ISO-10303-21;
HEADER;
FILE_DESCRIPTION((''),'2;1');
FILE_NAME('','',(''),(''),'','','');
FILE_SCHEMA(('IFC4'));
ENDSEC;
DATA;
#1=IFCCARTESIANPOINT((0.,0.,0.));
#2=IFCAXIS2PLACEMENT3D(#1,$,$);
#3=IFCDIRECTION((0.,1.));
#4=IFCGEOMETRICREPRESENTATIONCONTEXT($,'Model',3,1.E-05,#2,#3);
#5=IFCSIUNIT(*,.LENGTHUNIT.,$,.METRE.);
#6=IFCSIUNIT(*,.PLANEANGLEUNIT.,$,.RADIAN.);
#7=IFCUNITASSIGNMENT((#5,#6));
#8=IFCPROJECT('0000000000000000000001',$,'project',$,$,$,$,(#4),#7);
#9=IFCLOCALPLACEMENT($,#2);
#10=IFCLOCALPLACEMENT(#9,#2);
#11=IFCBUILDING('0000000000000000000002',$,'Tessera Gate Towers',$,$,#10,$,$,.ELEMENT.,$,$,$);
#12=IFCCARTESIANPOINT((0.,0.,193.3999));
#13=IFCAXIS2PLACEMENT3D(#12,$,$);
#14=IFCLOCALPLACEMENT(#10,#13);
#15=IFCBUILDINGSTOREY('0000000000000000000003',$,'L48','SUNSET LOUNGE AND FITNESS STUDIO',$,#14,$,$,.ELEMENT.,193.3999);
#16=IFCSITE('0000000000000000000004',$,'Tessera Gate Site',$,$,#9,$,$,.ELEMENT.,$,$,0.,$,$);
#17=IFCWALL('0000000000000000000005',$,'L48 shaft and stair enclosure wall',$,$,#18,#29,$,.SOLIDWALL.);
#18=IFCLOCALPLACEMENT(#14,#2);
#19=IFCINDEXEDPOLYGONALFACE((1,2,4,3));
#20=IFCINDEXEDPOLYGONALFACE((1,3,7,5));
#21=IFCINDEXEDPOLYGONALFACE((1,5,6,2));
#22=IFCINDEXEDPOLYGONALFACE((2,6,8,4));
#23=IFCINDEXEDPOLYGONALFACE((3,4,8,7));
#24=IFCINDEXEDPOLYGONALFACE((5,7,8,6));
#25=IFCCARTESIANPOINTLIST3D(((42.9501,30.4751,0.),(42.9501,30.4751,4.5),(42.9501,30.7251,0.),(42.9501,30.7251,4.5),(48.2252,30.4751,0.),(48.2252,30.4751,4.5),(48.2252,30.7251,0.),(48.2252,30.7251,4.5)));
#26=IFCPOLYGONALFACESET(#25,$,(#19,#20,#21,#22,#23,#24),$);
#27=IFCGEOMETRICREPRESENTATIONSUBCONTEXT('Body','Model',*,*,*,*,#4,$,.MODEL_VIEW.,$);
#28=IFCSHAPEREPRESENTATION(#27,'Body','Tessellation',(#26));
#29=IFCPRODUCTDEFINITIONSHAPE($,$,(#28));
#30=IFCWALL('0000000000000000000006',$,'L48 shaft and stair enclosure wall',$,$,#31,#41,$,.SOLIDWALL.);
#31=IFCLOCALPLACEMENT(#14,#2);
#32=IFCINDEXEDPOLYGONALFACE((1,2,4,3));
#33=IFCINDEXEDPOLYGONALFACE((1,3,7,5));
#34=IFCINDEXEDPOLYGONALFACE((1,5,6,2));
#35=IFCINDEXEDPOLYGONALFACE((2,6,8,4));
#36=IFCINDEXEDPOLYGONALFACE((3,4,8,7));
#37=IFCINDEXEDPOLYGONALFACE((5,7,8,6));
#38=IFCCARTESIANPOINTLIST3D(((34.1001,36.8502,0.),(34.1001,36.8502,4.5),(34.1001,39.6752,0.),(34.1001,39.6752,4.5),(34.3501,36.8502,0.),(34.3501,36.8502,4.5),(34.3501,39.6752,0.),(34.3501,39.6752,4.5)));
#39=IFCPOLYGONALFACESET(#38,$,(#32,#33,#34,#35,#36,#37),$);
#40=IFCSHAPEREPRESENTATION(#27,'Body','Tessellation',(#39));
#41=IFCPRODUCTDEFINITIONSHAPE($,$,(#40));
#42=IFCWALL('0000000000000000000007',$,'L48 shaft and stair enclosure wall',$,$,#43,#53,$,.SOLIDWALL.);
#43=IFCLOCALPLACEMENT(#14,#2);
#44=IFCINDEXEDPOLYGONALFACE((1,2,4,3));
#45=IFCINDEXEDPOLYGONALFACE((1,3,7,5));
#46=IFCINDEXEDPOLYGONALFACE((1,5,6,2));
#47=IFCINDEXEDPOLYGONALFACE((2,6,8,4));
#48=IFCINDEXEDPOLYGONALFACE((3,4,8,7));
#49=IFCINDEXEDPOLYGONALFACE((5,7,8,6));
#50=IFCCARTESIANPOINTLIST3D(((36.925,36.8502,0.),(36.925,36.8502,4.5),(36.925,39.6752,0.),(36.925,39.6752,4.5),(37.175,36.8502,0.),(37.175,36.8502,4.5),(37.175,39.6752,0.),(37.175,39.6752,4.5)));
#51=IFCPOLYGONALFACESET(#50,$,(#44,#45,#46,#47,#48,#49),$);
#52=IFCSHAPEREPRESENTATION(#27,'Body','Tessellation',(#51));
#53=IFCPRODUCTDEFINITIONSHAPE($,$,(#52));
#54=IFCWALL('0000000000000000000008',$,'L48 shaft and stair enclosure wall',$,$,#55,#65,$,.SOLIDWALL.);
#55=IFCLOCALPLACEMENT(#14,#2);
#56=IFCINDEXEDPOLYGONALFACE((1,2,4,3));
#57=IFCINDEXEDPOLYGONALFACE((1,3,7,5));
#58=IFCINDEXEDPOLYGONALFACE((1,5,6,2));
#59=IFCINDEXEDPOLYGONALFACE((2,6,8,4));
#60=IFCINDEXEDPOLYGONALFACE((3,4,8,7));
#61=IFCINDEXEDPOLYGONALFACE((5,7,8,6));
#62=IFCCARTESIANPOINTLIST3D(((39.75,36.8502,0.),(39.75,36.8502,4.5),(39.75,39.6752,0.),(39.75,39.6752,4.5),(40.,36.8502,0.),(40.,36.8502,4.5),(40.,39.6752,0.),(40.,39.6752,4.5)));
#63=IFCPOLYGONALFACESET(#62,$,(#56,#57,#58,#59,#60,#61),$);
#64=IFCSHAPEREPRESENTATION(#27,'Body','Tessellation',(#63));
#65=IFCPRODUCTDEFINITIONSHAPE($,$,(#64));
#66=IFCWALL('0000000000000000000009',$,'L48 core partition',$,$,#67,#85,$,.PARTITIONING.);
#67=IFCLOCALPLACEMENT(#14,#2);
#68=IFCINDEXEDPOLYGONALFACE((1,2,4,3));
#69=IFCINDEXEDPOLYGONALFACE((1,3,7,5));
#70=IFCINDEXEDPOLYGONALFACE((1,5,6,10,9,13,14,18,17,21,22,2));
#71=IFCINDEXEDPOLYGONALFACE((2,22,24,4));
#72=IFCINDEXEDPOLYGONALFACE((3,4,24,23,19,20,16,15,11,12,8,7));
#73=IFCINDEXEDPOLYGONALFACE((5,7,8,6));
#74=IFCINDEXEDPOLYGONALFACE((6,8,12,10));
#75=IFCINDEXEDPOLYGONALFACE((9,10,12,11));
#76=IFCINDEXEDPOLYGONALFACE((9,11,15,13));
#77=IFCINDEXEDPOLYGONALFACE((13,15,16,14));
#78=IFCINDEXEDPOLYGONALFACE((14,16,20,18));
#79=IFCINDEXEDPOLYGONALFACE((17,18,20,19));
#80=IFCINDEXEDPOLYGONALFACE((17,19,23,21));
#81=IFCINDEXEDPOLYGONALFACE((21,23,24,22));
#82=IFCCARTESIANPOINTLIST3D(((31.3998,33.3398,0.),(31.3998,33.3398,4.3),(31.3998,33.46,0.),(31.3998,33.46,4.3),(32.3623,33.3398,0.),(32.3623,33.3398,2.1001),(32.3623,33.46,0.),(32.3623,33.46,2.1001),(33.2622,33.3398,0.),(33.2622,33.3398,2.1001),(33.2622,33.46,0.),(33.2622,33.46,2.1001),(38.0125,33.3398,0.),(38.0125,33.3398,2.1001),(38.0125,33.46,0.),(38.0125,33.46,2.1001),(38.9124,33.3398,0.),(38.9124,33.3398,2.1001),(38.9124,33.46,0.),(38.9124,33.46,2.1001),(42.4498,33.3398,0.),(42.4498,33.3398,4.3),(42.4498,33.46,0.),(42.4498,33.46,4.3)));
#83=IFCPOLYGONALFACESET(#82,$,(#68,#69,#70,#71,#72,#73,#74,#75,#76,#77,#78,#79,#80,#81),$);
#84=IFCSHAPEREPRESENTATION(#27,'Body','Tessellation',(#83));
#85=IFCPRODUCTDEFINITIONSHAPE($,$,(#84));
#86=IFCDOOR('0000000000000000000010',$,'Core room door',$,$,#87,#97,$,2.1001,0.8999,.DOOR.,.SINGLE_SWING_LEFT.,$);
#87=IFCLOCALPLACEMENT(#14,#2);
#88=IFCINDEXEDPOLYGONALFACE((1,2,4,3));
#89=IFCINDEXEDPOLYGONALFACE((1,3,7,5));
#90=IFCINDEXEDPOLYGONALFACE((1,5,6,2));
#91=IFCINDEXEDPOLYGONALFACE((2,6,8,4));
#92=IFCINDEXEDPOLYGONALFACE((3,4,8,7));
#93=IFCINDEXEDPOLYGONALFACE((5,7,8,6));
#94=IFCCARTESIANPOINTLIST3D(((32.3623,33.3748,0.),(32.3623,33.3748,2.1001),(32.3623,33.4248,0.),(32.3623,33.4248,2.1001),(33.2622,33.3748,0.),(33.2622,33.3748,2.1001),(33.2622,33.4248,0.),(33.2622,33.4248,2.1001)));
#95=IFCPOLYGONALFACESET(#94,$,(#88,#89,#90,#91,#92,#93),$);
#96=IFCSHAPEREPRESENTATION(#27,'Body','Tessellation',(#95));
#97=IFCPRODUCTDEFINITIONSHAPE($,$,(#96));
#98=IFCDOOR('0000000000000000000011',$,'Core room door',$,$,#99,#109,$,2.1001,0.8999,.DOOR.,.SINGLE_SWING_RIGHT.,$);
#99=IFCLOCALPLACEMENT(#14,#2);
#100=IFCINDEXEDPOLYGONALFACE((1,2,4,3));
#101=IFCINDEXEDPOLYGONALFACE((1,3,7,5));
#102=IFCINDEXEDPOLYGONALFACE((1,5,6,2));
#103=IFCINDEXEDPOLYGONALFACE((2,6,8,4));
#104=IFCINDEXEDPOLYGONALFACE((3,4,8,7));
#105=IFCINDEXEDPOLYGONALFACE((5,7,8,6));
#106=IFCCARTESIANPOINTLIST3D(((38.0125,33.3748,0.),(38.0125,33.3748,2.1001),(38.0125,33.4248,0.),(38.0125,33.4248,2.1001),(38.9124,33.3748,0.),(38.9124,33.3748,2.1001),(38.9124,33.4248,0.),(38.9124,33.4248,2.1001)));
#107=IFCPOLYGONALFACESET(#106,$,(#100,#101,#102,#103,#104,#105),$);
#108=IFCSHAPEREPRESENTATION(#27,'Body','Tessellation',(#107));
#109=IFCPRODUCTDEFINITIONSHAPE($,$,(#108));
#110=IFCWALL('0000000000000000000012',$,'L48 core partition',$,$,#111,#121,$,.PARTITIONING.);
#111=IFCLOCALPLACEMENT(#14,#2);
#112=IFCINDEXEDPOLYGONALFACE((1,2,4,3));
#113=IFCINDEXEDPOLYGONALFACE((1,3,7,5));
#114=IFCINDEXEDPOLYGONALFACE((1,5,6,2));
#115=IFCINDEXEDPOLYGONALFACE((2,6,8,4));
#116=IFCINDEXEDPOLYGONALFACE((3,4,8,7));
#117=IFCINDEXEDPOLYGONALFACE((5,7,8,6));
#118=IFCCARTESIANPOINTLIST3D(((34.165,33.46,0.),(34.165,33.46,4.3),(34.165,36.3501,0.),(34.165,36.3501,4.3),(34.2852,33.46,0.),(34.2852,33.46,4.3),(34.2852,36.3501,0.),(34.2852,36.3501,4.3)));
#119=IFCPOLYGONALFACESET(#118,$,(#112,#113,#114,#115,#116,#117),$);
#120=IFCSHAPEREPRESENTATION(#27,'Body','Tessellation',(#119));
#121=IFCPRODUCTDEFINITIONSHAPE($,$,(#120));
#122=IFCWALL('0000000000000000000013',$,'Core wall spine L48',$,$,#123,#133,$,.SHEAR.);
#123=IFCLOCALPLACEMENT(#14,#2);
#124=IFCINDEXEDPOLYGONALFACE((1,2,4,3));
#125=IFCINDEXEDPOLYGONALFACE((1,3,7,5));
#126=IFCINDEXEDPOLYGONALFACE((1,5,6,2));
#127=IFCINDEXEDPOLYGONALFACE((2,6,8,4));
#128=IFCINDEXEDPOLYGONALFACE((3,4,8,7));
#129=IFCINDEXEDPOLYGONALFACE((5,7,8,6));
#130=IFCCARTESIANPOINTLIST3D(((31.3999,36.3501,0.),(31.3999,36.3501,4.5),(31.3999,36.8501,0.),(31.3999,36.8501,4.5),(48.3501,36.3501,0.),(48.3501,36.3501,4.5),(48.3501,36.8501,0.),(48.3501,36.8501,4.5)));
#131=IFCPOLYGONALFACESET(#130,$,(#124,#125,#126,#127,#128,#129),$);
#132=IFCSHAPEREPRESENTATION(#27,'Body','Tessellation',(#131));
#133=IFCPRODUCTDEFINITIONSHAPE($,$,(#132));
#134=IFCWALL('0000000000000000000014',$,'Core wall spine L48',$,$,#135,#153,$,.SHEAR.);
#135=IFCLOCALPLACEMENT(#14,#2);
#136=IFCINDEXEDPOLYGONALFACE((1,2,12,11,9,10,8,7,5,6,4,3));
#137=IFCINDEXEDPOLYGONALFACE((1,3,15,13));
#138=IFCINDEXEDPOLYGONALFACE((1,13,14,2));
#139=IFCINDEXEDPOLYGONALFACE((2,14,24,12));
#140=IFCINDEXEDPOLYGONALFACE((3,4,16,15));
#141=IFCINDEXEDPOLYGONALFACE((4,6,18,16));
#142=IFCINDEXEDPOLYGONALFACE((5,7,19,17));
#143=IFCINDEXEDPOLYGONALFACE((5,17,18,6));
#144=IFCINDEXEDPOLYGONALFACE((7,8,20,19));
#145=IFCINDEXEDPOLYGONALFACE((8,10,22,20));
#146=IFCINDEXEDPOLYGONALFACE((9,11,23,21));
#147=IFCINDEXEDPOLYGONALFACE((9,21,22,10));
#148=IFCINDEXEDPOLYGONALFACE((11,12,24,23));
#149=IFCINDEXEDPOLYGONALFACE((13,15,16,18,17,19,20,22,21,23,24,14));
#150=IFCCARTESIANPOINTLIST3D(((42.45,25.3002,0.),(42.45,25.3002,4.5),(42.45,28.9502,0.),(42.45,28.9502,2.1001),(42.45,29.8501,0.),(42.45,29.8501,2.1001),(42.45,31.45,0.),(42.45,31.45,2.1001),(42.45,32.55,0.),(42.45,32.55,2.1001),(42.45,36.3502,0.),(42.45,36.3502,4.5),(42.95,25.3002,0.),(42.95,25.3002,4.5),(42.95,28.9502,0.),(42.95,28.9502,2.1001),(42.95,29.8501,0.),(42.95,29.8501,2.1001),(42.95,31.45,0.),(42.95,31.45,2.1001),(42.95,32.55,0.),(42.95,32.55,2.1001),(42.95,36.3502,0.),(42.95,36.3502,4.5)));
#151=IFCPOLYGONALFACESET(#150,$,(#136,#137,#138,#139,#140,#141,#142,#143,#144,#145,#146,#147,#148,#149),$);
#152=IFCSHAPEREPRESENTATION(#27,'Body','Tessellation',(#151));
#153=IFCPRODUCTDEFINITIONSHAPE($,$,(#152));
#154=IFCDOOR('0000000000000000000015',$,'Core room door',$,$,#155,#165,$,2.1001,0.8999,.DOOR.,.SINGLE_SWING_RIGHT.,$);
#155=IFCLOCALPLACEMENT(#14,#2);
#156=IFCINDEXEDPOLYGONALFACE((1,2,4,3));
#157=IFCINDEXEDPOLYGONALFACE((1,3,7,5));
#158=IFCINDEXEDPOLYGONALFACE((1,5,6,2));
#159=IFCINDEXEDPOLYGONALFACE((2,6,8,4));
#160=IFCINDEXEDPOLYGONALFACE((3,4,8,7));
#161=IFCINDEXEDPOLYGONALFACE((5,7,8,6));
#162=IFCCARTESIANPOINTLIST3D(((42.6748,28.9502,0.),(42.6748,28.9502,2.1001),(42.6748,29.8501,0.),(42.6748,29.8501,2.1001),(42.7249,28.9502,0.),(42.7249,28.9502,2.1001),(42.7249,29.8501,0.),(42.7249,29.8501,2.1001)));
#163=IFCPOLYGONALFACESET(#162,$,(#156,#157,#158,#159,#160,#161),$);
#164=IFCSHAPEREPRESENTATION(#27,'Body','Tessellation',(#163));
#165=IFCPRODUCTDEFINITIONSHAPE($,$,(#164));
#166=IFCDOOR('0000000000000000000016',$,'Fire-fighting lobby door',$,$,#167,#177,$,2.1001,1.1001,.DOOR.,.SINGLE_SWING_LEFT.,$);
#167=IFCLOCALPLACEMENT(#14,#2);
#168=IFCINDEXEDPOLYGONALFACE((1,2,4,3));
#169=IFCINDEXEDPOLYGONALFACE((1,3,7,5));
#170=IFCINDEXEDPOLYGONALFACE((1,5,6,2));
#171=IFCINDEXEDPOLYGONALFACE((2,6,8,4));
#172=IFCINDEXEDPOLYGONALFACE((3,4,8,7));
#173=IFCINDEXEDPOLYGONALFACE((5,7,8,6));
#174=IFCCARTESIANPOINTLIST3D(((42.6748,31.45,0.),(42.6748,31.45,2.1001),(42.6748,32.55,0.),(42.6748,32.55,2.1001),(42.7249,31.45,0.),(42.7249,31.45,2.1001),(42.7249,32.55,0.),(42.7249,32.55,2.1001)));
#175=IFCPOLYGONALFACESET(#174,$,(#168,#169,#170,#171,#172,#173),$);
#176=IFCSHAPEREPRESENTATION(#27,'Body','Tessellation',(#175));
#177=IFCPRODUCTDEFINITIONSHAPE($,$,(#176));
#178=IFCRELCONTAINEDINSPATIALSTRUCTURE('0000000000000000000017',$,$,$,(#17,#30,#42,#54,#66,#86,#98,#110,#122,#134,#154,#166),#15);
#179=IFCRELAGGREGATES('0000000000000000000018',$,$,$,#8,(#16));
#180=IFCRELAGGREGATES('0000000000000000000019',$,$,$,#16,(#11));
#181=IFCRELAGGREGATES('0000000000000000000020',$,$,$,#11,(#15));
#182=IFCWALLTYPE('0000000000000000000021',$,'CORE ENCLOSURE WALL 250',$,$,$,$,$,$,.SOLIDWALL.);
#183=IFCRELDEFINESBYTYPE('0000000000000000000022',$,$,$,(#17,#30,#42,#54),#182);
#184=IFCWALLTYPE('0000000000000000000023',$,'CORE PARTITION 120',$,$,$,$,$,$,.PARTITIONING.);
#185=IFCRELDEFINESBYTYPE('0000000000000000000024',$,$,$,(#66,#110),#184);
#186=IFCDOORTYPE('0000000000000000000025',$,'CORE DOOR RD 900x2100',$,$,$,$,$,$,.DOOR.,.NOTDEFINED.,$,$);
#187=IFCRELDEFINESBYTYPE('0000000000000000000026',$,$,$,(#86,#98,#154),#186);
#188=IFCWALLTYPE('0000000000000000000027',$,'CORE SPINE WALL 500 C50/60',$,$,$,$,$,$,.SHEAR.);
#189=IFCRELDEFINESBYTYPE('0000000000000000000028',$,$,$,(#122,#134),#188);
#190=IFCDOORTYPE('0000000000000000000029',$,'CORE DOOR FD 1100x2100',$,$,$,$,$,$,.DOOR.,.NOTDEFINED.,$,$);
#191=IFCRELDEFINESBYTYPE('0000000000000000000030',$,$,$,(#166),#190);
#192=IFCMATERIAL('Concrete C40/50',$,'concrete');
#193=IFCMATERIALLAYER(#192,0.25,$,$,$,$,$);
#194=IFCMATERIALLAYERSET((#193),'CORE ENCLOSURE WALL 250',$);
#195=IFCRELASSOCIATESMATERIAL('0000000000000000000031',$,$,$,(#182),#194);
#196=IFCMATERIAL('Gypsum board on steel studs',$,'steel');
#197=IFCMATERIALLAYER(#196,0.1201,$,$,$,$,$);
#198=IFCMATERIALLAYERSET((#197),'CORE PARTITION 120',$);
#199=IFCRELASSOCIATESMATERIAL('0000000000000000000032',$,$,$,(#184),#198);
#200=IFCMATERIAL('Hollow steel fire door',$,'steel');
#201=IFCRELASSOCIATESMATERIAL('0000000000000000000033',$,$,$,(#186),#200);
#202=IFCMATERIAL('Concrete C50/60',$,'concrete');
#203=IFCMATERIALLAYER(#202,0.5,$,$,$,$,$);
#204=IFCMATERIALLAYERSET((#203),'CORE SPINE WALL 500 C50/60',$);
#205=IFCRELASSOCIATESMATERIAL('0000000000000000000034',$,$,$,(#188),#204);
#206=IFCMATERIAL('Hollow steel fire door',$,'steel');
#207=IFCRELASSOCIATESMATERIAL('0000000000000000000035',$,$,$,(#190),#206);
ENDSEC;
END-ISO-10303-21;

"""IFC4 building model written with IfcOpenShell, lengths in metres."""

from ifc_helpers import new_model, si_unit, direction, frame, frame_2d, origin, place, context, subcontext, project, spatial, rectangle, extrude, source, transform, mapped, material, layer, layer_set, type_object, element, fill, save


model = new_model("IFC4")

# Units and contexts
model_context = context("Model", 3, precision=1e-05, world=origin(), true_north=direction((0.0, 1.0)))
body_context = subcontext(model_context, "Body", "Model", "MODEL_VIEW")
ifc_project = project(units=[si_unit("LENGTHUNIT", "METRE"), si_unit("PLANEANGLEUNIT", "RADIAN")], contexts=[model_context])

# Site, building, storey
site_placement = place(None, origin())
site = spatial("IfcSite", under=ifc_project, at=site_placement, Name="Tessera Gate Site", CompositionType="ELEMENT", RefElevation=0.0)
building_placement = place(site_placement, origin())
building = spatial("IfcBuilding", under=site, at=building_placement, Name="Tessera Gate Towers", CompositionType="ELEMENT")
storey_placement = place(building_placement, frame((0.0, 0.0, 193.3999)))
storey = spatial("IfcBuildingStorey", under=building, at=storey_placement, Name="L48", Description="SUNSET LOUNGE AND FITNESS STUDIO", CompositionType="ELEMENT", Elevation=193.3999)

# Walls
ifc_material_1 = material(Name="Concrete C40/50", Category="concrete")
ifc_layer_1 = layer(ifc_material_1, 0.25)
ifc_layer_set_1 = layer_set([ifc_layer_1], Name="CORE ENCLOSURE WALL 250")
wall_type_1 = type_object("IfcWallType", Name="CORE ENCLOSURE WALL 250", PredefinedType="SOLIDWALL", material=ifc_layer_set_1)
wall_1_placement = place(storey_placement, frame((42.95, 30.6001, 0.0), z_axis=(0.0, 0.0, 1.0), x_axis=(1.0, 0.0, 0.0)))
element("IfcWall", 1, at=wall_1_placement, inside=storey, type_object=wall_type_1, Name="L48 shaft and stair enclosure wall", PredefinedType="SOLIDWALL", context=body_context, shape_type="SweptSolid", body=[
    extrude(rectangle(XDim=5.2751, YDim=0.25, at=frame_2d((2.6377, 0.0))), origin(), (0.0, 0.0, 1.0), 4.5),
])
for number, where, z_axis, x_axis, name in (
    (2, (34.2251, 36.8501, 0.0), (0.0, 0.0, 1.0), (0.0, 1.0, 0.0), "L48 shaft and stair enclosure wall"),
    (3, (37.05, 36.8501, 0.0), (0.0, 0.0, 1.0), (0.0, 1.0, 0.0), "L48 shaft and stair enclosure wall"),
    (4, (39.875, 36.8501, 0.0), (0.0, 0.0, 1.0), (0.0, 1.0, 0.0), "L48 shaft and stair enclosure wall"),
):
    element("IfcWall", number, at=place(storey_placement, frame(where, z_axis=z_axis, x_axis=x_axis)), inside=storey, type_object=wall_type_1, Name=name, PredefinedType="SOLIDWALL", context=body_context, shape_type="SweptSolid", body=[
        extrude(rectangle(XDim=2.825, YDim=0.25, at=frame_2d((1.4126, 0.0))), origin(), (0.0, 0.0, 1.0), 4.5),
    ])

# Wall, openings, doors
ifc_material_2 = material(Name="Gypsum board on steel studs", Category="steel")
ifc_layer_2 = layer(ifc_material_2, 0.1201)
ifc_layer_set_2 = layer_set([ifc_layer_2], Name="CORE PARTITION 120")
wall_type_2 = type_object("IfcWallType", Name="CORE PARTITION 120", PredefinedType="PARTITIONING", material=ifc_layer_set_2)
wall_2_placement = place(storey_placement, frame((31.3999, 33.3999, 0.0), z_axis=(0.0, 0.0, 1.0), x_axis=(1.0, 0.0, 0.0)))
wall_2 = element("IfcWall", 5, at=wall_2_placement, inside=storey, type_object=wall_type_2, Name="L48 core partition", PredefinedType="PARTITIONING", context=body_context, shape_type="SweptSolid", body=[
    extrude(rectangle(XDim=11.05, YDim=0.1201, at=frame_2d((5.5249, 0.0))), origin(), (0.0, 0.0, 1.0), 4.3),
])
shared_shape_1 = source(origin(), body_context, "Body", "SweptSolid", [
    extrude(rectangle(XDim=0.8999, YDim=2.1001, at=frame_2d((0.45, 1.05))), frame((0.0, 0.0701, 0.0), z_axis=(0.0, -1.0, 0.0), x_axis=(1.0, 0.0, 0.0)), (0.0, 0.0, 1.0), 0.1401),
])
opening_1_placement = place(wall_2_placement, frame((0.9624, 0.0, 0.0)))
opening_1 = element("IfcOpeningElement", 6, at=opening_1_placement, cuts=wall_2, PredefinedType="OPENING", context=body_context, shape_type="MappedRepresentation", body=[
    mapped(shared_shape_1, transform((0.0, 0.0, 0.0), scale=1.0)),
])
opening_2_placement = place(wall_2_placement, frame((6.6125, 0.0, 0.0)))
opening_2 = element("IfcOpeningElement", 7, at=opening_2_placement, cuts=wall_2, PredefinedType="OPENING", context=body_context, shape_type="MappedRepresentation", body=[
    mapped(shared_shape_1, transform((0.0, 0.0, 0.0), scale=1.0)),
])
ifc_material_3 = material(Name="Hollow steel fire door", Category="steel")
door_type_1 = type_object("IfcDoorType", Name="CORE DOOR RD 900x2100", OperationType="NOTDEFINED", PredefinedType="DOOR", material=ifc_material_3)
shared_shape_2 = source(origin(), body_context, "Body", "SweptSolid", [
    extrude(rectangle(XDim=0.8999, YDim=2.1001, at=frame_2d((0.45, 1.05))), frame((0.0, 0.0249, 0.0), z_axis=(0.0, -1.0, 0.0), x_axis=(1.0, 0.0, 0.0)), (0.0, 0.0, 1.0), 0.05),
])
door_1_placement = place(opening_1_placement, origin())
door_1 = element("IfcDoor", 8, at=door_1_placement, inside=storey, type_object=door_type_1, Name="Core room door", OperationType="SINGLE_SWING_LEFT", OverallHeight=2.1001, OverallWidth=0.8999, PredefinedType="DOOR", context=body_context, shape_type="MappedRepresentation", body=[
    mapped(shared_shape_2, transform((0.0, 0.0, 0.0), scale=1.0)),
])
fill(opening_1, door_1)
door_2_placement = place(opening_2_placement, origin())
door_2 = element("IfcDoor", 9, at=door_2_placement, inside=storey, type_object=door_type_1, Name="Core room door", OperationType="SINGLE_SWING_RIGHT", OverallHeight=2.1001, OverallWidth=0.8999, PredefinedType="DOOR", context=body_context, shape_type="MappedRepresentation", body=[
    mapped(shared_shape_2, transform((0.0, 0.0, 0.0), scale=1.0)),
])
fill(opening_2, door_2)

# Walls
wall_3_placement = place(storey_placement, frame((34.2251, 33.46, 0.0), z_axis=(0.0, 0.0, 1.0), x_axis=(0.0, 1.0, 0.0)))
element("IfcWall", 10, at=wall_3_placement, inside=storey, type_object=wall_type_2, Name="L48 core partition", PredefinedType="PARTITIONING", context=body_context, shape_type="SweptSolid", body=[
    extrude(rectangle(XDim=2.8901, YDim=0.1201, at=frame_2d((1.4451, 0.0))), origin(), (0.0, 0.0, 1.0), 4.3),
])
ifc_material_4 = material(Name="Concrete C50/60", Category="concrete")
ifc_layer_3 = layer(ifc_material_4, 0.5)
ifc_layer_set_3 = layer_set([ifc_layer_3], Name="CORE SPINE WALL 500 C50/60")
wall_type_3 = type_object("IfcWallType", Name="CORE SPINE WALL 500 C50/60", PredefinedType="SHEAR", material=ifc_layer_set_3)
wall_4_placement = place(storey_placement, frame((31.3999, 36.6001, 0.0), z_axis=(0.0, 0.0, 1.0), x_axis=(1.0, 0.0, 0.0)))
element("IfcWall", 11, at=wall_4_placement, inside=storey, type_object=wall_type_3, Name="Core wall spine L48", PredefinedType="SHEAR", context=body_context, shape_type="SweptSolid", body=[
    extrude(rectangle(XDim=16.9502, YDim=0.5, at=frame_2d((8.4751, 0.0))), origin(), (0.0, 0.0, 1.0), 4.5),
])

# Wall, openings, doors
wall_5_placement = place(storey_placement, frame((42.7, 36.3501, 0.0), z_axis=(0.0, 0.0, 1.0), x_axis=(0.0, -1.0, 0.0)))
wall_5 = element("IfcWall", 12, at=wall_5_placement, inside=storey, type_object=wall_type_3, Name="Core wall spine L48", PredefinedType="SHEAR", context=body_context, shape_type="SweptSolid", body=[
    extrude(rectangle(XDim=11.05, YDim=0.5, at=frame_2d((5.5249, 0.0))), origin(), (0.0, 0.0, 1.0), 4.5),
])
shared_shape_3 = source(origin(), body_context, "Body", "SweptSolid", [
    extrude(rectangle(XDim=0.8999, YDim=2.1001, at=frame_2d((0.45, 1.05))), frame((0.0, 0.26, 0.0), z_axis=(0.0, -1.0, 0.0), x_axis=(1.0, 0.0, 0.0)), (0.0, 0.0, 1.0), 0.52),
])
opening_3_placement = place(wall_5_placement, frame((6.5, 0.0, 0.0)))
opening_3 = element("IfcOpeningElement", 13, at=opening_3_placement, cuts=wall_5, PredefinedType="OPENING", context=body_context, shape_type="MappedRepresentation", body=[
    mapped(shared_shape_3, transform((0.0, 0.0, 0.0), scale=1.0)),
])
shared_shape_4 = source(origin(), body_context, "Body", "SweptSolid", [
    extrude(rectangle(XDim=1.1001, YDim=2.1001, at=frame_2d((0.55, 1.05))), frame((0.0, 0.26, 0.0), z_axis=(0.0, -1.0, 0.0), x_axis=(1.0, 0.0, 0.0)), (0.0, 0.0, 1.0), 0.52),
])
opening_4_placement = place(wall_5_placement, frame((3.8, 0.0, 0.0)))
opening_4 = element("IfcOpeningElement", 14, at=opening_4_placement, cuts=wall_5, PredefinedType="OPENING", context=body_context, shape_type="MappedRepresentation", body=[
    mapped(shared_shape_4, transform((0.0, 0.0, 0.0), scale=1.0)),
])
door_3_placement = place(opening_3_placement, origin())
door_3 = element("IfcDoor", 15, at=door_3_placement, inside=storey, type_object=door_type_1, Name="Core room door", OperationType="SINGLE_SWING_RIGHT", OverallHeight=2.1001, OverallWidth=0.8999, PredefinedType="DOOR", context=body_context, shape_type="MappedRepresentation", body=[
    mapped(shared_shape_2, transform((0.0, 0.0, 0.0), scale=1.0)),
])
fill(opening_3, door_3)
ifc_material_5 = material(Name="Hollow steel fire door", Category="steel")
door_type_2 = type_object("IfcDoorType", Name="CORE DOOR FD 1100x2100", OperationType="NOTDEFINED", PredefinedType="DOOR", material=ifc_material_5)
shared_shape_5 = source(origin(), body_context, "Body", "SweptSolid", [
    extrude(rectangle(XDim=1.1001, YDim=2.1001, at=frame_2d((0.55, 1.05))), frame((0.0, 0.0249, 0.0), z_axis=(0.0, -1.0, 0.0), x_axis=(1.0, 0.0, 0.0)), (0.0, 0.0, 1.0), 0.05),
])
door_4_placement = place(opening_4_placement, origin())
door_4 = element("IfcDoor", 16, at=door_4_placement, inside=storey, type_object=door_type_2, Name="Fire-fighting lobby door", OperationType="SINGLE_SWING_LEFT", OverallHeight=2.1001, OverallWidth=1.1001, PredefinedType="DOOR", context=body_context, shape_type="MappedRepresentation", body=[
    mapped(shared_shape_5, transform((0.0, 0.0, 0.0), scale=1.0)),
])
fill(opening_4, door_4)

save(model, "model.ifc")
